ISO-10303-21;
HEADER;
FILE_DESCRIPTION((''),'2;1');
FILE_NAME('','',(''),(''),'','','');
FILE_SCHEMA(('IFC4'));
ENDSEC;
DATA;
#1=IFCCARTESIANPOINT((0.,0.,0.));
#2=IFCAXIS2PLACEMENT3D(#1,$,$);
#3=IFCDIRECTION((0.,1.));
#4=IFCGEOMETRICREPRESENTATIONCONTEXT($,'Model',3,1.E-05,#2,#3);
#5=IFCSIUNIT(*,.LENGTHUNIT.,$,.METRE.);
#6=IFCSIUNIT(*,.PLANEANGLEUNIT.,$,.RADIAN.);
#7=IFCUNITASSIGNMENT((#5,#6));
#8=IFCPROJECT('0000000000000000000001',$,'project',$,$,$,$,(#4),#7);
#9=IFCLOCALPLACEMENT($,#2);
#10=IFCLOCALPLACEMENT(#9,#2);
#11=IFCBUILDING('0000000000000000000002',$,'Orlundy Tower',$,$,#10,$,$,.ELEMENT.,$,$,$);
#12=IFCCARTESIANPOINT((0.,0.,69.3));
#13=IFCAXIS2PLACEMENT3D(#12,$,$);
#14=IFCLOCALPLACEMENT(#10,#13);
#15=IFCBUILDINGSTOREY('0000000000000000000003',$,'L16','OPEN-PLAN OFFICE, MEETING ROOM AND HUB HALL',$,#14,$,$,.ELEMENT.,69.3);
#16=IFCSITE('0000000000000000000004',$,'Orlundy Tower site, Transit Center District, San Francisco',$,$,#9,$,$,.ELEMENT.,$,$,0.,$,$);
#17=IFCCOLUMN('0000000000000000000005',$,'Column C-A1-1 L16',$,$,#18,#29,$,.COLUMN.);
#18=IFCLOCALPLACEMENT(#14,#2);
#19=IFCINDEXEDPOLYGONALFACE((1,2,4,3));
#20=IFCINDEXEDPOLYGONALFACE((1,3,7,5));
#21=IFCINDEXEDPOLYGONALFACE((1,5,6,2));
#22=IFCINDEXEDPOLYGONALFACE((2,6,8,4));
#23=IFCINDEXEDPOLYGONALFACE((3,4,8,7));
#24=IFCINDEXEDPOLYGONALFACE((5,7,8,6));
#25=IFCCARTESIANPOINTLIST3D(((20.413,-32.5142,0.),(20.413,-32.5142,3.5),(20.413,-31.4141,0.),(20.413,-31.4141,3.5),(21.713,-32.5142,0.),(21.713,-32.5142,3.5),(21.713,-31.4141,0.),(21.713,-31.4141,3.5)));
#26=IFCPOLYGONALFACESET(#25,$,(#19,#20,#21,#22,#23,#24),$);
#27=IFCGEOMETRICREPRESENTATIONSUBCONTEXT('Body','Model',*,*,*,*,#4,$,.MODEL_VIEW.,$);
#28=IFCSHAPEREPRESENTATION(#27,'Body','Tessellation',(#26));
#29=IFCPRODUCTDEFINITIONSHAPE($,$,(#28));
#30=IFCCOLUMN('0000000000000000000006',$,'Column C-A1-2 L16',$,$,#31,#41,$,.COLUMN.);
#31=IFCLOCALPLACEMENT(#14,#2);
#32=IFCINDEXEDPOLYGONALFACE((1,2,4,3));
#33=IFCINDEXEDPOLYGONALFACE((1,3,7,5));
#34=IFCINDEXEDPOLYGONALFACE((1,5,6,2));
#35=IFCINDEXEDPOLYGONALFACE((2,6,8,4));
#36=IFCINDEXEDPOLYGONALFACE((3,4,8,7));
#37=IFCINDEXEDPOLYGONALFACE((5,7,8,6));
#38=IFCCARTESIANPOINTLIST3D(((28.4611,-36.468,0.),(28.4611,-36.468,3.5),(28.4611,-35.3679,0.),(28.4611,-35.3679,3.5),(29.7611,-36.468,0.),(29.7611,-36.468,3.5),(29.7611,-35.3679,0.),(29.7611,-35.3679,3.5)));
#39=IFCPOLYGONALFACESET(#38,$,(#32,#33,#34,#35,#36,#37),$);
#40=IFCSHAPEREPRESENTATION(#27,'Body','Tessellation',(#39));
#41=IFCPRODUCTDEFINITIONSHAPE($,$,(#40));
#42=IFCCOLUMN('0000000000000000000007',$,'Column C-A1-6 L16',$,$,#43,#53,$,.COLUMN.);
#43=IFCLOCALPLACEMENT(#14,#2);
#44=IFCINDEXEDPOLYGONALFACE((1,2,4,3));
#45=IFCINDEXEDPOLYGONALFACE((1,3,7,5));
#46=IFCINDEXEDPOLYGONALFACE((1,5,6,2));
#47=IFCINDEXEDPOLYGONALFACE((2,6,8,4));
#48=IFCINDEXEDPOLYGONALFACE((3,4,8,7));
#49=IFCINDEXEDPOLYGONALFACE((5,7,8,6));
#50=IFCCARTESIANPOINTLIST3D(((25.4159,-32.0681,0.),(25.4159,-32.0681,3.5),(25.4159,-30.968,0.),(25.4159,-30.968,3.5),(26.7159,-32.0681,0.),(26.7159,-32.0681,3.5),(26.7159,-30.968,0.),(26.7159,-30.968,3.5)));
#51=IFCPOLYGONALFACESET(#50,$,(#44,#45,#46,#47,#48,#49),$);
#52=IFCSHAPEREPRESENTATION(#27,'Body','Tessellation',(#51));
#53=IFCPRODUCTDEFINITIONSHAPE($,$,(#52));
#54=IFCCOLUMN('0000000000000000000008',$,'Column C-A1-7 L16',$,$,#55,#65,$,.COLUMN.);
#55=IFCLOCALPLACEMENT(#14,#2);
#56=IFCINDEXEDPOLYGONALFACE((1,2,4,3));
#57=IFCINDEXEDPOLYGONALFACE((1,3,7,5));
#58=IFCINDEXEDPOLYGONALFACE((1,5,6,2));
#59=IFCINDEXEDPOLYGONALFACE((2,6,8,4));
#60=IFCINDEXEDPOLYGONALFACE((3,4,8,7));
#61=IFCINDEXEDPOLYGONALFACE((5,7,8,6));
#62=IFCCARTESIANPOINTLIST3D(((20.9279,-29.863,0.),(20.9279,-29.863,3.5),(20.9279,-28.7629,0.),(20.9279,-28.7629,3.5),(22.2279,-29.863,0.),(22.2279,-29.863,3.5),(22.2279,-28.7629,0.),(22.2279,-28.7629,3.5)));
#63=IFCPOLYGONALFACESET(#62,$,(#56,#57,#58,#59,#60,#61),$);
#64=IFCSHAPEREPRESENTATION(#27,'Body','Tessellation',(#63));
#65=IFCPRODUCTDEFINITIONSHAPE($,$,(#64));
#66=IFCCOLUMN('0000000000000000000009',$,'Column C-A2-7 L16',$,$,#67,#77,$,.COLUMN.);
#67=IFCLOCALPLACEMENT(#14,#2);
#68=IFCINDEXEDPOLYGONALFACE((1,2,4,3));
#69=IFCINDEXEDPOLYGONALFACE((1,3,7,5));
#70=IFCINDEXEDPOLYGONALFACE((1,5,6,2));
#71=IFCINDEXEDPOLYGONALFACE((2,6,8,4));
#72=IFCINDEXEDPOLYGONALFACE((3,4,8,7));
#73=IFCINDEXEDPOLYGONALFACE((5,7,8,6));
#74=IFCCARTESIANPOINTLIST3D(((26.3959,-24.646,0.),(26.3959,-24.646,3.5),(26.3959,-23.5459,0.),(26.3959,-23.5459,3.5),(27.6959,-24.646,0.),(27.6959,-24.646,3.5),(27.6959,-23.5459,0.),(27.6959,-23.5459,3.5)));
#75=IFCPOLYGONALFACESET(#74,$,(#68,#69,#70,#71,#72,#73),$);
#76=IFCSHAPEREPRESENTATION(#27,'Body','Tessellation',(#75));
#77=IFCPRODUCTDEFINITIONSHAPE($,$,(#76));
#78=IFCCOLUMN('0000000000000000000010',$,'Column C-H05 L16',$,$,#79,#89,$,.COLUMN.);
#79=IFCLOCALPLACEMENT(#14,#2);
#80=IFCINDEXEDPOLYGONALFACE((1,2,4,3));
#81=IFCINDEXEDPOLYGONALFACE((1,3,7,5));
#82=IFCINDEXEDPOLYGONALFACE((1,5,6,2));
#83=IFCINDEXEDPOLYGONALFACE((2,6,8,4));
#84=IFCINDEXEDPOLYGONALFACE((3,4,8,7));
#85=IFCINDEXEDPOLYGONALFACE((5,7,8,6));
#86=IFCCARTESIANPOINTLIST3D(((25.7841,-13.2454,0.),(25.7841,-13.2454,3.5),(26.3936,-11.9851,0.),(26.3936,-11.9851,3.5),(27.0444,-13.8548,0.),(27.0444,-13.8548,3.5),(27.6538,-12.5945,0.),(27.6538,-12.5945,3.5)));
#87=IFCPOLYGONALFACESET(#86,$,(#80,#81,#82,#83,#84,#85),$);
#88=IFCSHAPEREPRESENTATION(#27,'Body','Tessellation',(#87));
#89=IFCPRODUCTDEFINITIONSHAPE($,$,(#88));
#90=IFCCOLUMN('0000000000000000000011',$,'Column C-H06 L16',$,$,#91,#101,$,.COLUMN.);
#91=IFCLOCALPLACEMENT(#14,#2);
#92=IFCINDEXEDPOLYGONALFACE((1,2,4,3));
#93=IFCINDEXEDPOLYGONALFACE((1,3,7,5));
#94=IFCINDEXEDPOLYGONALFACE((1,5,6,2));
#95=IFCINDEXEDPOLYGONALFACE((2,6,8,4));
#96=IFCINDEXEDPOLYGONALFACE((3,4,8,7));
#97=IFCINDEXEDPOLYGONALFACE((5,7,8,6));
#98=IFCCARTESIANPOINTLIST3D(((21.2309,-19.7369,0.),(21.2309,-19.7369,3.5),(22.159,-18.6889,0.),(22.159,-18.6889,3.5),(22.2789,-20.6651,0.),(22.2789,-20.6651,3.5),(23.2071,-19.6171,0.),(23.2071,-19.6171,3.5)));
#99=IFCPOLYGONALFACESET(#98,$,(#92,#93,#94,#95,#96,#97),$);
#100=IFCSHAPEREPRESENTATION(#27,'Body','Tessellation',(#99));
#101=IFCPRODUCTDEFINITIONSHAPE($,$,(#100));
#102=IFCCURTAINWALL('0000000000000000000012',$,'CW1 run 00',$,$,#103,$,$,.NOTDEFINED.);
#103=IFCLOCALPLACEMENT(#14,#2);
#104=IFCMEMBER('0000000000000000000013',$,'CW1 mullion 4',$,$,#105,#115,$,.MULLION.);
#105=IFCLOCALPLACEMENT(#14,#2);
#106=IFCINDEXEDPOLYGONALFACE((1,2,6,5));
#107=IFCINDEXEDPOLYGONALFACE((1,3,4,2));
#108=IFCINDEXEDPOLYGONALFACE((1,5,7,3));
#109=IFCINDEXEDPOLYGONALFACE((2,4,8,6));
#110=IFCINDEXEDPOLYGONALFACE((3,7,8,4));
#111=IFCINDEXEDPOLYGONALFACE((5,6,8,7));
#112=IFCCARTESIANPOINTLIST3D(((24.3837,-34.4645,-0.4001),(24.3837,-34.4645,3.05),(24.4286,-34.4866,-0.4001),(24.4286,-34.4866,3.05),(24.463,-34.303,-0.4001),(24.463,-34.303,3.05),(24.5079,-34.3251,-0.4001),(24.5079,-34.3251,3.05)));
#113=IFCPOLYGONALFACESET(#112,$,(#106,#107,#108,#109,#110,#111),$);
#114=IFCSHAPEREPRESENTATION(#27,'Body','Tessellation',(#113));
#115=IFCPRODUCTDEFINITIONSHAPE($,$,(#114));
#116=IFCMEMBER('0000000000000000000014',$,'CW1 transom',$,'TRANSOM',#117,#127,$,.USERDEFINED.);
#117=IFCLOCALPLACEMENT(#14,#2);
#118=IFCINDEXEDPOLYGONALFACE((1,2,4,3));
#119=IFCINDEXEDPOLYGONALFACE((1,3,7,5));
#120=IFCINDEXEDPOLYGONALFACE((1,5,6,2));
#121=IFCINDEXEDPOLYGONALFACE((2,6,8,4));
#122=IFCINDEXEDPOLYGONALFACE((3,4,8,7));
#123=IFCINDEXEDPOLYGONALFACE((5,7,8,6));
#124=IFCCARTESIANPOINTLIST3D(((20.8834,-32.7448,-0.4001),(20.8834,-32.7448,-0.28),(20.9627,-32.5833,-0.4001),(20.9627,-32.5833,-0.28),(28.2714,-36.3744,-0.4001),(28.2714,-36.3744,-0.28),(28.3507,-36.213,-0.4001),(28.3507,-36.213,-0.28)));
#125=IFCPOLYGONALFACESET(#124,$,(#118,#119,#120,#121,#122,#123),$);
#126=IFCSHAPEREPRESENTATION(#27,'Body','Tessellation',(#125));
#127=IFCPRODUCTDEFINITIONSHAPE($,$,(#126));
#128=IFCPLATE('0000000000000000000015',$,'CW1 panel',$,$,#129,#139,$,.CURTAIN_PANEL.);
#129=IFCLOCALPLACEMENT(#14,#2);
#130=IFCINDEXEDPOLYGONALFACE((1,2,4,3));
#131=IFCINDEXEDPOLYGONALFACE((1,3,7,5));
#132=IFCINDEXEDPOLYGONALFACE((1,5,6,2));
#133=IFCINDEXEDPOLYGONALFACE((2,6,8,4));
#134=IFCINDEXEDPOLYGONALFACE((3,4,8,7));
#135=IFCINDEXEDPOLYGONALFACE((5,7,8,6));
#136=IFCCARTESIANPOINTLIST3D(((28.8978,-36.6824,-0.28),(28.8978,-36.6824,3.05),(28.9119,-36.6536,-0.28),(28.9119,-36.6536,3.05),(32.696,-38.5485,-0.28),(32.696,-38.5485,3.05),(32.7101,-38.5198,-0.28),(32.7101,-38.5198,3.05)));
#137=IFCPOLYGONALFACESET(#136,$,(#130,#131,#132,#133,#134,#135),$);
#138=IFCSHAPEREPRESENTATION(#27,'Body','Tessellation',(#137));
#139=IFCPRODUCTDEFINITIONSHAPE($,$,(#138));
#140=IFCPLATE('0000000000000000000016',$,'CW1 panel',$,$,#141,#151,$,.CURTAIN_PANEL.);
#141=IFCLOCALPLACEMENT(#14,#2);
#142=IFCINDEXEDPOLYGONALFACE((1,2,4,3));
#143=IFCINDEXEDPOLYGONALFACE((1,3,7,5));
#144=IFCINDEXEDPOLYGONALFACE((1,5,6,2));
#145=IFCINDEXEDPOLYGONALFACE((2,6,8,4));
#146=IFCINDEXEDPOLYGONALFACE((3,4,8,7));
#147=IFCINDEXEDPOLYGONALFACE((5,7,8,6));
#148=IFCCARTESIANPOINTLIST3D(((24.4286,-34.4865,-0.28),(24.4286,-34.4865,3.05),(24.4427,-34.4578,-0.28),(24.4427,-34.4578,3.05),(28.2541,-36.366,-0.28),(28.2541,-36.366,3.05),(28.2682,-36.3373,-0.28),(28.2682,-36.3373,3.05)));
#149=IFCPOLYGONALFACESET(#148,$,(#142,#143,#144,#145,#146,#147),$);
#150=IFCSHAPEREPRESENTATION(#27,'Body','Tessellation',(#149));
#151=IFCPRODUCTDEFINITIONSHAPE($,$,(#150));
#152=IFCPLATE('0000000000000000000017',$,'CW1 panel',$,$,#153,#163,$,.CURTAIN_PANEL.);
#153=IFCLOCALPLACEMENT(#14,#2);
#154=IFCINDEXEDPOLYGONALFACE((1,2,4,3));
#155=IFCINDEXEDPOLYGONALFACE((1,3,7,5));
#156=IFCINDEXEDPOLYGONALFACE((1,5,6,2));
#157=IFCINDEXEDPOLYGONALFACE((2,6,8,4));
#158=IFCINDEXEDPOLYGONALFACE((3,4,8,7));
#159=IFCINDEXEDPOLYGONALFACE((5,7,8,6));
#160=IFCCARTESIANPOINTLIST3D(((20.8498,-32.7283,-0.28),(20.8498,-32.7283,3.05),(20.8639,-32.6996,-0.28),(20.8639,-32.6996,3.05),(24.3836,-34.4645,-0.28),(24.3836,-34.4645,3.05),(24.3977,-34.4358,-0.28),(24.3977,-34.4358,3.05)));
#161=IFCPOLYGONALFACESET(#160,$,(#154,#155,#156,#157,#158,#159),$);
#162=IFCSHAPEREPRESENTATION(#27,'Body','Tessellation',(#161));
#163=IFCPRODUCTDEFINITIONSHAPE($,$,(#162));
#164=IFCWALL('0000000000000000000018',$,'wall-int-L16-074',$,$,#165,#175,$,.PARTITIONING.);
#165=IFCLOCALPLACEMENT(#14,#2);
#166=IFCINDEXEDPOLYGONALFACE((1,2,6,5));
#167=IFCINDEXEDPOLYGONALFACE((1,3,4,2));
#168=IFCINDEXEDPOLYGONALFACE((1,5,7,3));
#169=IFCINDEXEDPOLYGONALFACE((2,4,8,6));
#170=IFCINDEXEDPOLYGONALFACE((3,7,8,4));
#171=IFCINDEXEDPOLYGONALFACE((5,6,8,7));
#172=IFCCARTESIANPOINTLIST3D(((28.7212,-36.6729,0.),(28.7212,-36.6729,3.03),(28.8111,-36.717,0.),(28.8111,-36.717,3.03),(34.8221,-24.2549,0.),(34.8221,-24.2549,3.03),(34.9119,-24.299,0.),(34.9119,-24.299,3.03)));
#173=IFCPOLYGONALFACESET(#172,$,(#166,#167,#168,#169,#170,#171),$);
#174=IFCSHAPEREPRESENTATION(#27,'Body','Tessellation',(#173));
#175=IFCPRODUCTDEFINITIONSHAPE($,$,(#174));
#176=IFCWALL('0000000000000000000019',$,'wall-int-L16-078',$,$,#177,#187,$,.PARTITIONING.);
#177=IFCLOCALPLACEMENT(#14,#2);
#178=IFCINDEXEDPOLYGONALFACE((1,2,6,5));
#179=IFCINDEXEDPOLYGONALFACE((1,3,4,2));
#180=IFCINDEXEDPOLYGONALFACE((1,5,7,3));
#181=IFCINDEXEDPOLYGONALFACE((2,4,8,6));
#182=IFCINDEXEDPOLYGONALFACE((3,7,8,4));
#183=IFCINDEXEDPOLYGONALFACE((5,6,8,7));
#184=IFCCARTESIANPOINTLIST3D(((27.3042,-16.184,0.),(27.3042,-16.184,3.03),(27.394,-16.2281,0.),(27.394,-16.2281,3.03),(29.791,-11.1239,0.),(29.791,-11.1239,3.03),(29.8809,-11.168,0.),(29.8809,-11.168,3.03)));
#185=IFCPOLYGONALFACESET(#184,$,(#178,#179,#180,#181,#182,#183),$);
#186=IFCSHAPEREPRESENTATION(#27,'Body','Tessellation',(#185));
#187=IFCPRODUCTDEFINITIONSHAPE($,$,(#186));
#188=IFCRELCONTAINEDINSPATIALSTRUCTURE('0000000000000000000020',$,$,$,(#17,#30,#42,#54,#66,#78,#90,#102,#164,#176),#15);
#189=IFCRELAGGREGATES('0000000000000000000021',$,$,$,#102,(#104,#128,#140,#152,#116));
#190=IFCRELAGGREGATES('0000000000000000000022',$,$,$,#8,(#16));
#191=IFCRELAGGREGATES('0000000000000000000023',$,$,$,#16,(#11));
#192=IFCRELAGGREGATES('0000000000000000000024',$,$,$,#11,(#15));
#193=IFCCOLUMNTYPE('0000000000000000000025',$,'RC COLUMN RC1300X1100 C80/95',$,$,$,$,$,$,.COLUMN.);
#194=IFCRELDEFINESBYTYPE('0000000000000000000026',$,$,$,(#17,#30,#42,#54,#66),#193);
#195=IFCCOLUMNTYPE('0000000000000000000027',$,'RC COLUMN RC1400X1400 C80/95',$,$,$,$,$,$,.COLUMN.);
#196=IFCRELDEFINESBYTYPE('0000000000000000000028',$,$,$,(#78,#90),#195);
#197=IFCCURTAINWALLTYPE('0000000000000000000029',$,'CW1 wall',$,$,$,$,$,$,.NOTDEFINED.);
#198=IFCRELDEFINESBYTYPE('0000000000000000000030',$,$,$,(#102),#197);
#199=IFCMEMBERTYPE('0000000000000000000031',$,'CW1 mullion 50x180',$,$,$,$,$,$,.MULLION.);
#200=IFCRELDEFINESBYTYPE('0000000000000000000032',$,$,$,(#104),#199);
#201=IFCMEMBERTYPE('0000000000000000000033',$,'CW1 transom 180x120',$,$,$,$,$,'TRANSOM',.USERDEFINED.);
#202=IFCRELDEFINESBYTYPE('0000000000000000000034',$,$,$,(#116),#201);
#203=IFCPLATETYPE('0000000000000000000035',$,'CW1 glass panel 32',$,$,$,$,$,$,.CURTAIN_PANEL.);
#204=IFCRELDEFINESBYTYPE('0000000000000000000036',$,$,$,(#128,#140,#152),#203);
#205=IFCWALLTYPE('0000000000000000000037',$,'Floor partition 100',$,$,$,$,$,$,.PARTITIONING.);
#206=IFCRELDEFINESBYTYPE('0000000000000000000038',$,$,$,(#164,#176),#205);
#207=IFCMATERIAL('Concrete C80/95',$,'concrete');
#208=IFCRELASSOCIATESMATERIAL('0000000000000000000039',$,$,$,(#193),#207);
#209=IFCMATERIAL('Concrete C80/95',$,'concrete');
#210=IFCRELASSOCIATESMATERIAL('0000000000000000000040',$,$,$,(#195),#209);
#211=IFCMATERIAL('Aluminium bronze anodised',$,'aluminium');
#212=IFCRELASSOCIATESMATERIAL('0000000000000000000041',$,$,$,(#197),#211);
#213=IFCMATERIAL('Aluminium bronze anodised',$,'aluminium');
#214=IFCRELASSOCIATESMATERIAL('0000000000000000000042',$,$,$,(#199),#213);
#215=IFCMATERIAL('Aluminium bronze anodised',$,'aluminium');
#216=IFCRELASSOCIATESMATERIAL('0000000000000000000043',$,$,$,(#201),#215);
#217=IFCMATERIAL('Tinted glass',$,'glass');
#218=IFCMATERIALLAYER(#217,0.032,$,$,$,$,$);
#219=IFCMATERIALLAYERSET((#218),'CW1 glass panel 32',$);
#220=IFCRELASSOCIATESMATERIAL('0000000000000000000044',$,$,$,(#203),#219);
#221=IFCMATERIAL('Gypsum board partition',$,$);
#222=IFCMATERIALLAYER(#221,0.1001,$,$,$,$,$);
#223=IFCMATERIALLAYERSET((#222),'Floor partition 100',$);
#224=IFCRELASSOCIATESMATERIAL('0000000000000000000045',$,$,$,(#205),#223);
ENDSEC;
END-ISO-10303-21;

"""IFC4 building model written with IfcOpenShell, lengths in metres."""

from ifc_helpers import new_model, si_unit, direction, frame, frame_2d, origin, origin_2d, place, context, subcontext, project, spatial, rectangle, extrude, material, layer, layer_set, material_profile, profile_set, type_object, element, aggregate, save


model = new_model("IFC4")

# Units and contexts
model_context = context("Model", 3, precision=1e-05, world=origin(), true_north=direction((0.0, 1.0)))
body_context = subcontext(model_context, "Body", "Model", "MODEL_VIEW")
ifc_project = project(units=[si_unit("LENGTHUNIT", "METRE"), si_unit("PLANEANGLEUNIT", "RADIAN")], contexts=[model_context])

# Site, building, storey
site_placement = place(None, origin())
site = spatial("IfcSite", under=ifc_project, at=site_placement, Name="Orlundy Tower site, Transit Center District, San Francisco", CompositionType="ELEMENT", RefElevation=0.0)
building_placement = place(site_placement, origin())
building = spatial("IfcBuilding", under=site, at=building_placement, Name="Orlundy Tower", CompositionType="ELEMENT")
storey_placement = place(building_placement, frame((0.0, 0.0, 69.3)))
storey = spatial("IfcBuildingStorey", under=building, at=storey_placement, Name="L16", Description="OPEN-PLAN OFFICE, MEETING ROOM AND HUB HALL", CompositionType="ELEMENT", Elevation=69.3)

# Columns
ifc_material_1 = material(Name="Concrete C80/95", Category="concrete")
ifc_material_profile_1 = material_profile(ifc_material_1, rectangle(XDim=1.3, YDim=1.1001, at=origin_2d()), Name="RC1300X1100")
ifc_profile_set_1 = profile_set([ifc_material_profile_1], Name="Concrete C80/95")
column_type_1 = type_object("IfcColumnType", Name="RC COLUMN RC1300X1100 C80/95", PredefinedType="COLUMN", material=ifc_profile_set_1)
for number, where, z_axis, x_axis, name in (
    (1, (21.063, -31.9641, 0.0), (0.0, 0.0, 1.0), (1.0, 0.0, 0.0), "Column C-A1-1 L16"),
    (2, (29.1111, -35.918, 0.0), (0.0, 0.0, 1.0), (1.0, 0.0, 0.0), "Column C-A1-2 L16"),
    (3, (26.0659, -31.5181, 0.0), (0.0, 0.0, 1.0), (1.0, 0.0, 0.0), "Column C-A1-6 L16"),
    (4, (21.5779, -29.313, 0.0), (0.0, 0.0, 1.0), (1.0, 0.0, 0.0), "Column C-A1-7 L16"),
    (5, (27.0459, -24.0959, 0.0), (0.0, 0.0, 1.0), (1.0, 0.0, 0.0), "Column C-A2-7 L16"),
):
    element("IfcColumn", number, at=place(storey_placement, frame(where, z_axis=z_axis, x_axis=x_axis)), inside=storey, type_object=column_type_1, Name=name, PredefinedType="COLUMN", context=body_context, shape_type="SweptSolid", body=[
        extrude(rectangle(XDim=1.3, YDim=1.1001, at=origin_2d()), origin(), (0.0, 0.0, 1.0), 3.5),
    ])
ifc_material_2 = material(Name="Concrete C80/95", Category="concrete")
ifc_material_profile_2 = material_profile(ifc_material_2, rectangle(XDim=1.3999, YDim=1.3999, at=origin_2d()), Name="RC1400X1400")
ifc_profile_set_2 = profile_set([ifc_material_profile_2], Name="Concrete C80/95")
column_type_2 = type_object("IfcColumnType", Name="RC COLUMN RC1400X1400 C80/95", PredefinedType="COLUMN", material=ifc_profile_set_2)
for number, where, z_axis, x_axis, name in (
    (6, (26.719, -12.9199, 0.0), (0.0, 0.0, 1.0), (0.900273, -0.435325, 0.0), "Column C-H05 L16"),
    (7, (22.219, -19.677, 0.0), (0.0, 0.0, 1.0), (0.748632, -0.662986, 0.0), "Column C-H06 L16"),
):
    element("IfcColumn", number, at=place(storey_placement, frame(where, z_axis=z_axis, x_axis=x_axis)), inside=storey, type_object=column_type_2, Name=name, PredefinedType="COLUMN", context=body_context, shape_type="SweptSolid", body=[
        extrude(rectangle(XDim=1.3999, YDim=1.3999, at=origin_2d()), origin(), (0.0, 0.0, 1.0), 3.5),
    ])

# Curtain wall, members, plates
ifc_material_3 = material(Name="Aluminium bronze anodised", Category="aluminium")
curtain_wall_type = type_object("IfcCurtainWallType", Name="CW1 wall", PredefinedType="NOTDEFINED", material=ifc_material_3)
curtain_wall_placement = place(storey_placement, origin())
curtain_wall = element("IfcCurtainWall", 8, at=curtain_wall_placement, inside=storey, type_object=curtain_wall_type, Name="CW1 run 00", PredefinedType="NOTDEFINED")
ifc_material_4 = material(Name="Aluminium bronze anodised", Category="aluminium")
ifc_material_profile_3 = material_profile(ifc_material_4, rectangle(XDim=0.1799, YDim=0.05, at=origin_2d()), Name="CW1 mullion 50x180")
ifc_profile_set_3 = profile_set([ifc_material_profile_3], Name="Aluminium bronze anodised")
member_type_1 = type_object("IfcMemberType", Name="CW1 mullion 50x180", PredefinedType="MULLION", material=ifc_profile_set_3)
member_1_placement = place(storey_placement, frame((24.4458, -34.3948, -0.4001), z_axis=(0.0, 0.0, 1.0), x_axis=(-0.440969, -0.897522, 0.0)))
member_1 = element("IfcMember", 9, at=member_1_placement, type_object=member_type_1, Name="CW1 mullion 4", PredefinedType="MULLION", context=body_context, shape_type="SweptSolid", body=[
    extrude(rectangle(XDim=0.1799, YDim=0.05, at=origin_2d()), origin(), (0.0, 0.0, 1.0), 3.4502),
])
ifc_material_5 = material(Name="Aluminium bronze anodised", Category="aluminium")
ifc_material_profile_4 = material_profile(ifc_material_5, rectangle(XDim=0.1799, YDim=0.1201, at=origin_2d()), Name="CW1 transom 180x120")
ifc_profile_set_4 = profile_set([ifc_material_profile_4], Name="Aluminium bronze anodised")
member_type_2 = type_object("IfcMemberType", Name="CW1 transom 180x120", ElementType="TRANSOM", PredefinedType="USERDEFINED", material=ifc_profile_set_4)
member_2_placement = place(storey_placement, frame((28.311, -36.2937, -0.3401), z_axis=(-0.897531, 0.44095, 0.0), x_axis=(-0.44095, -0.897531, 0.0)))
member_2 = element("IfcMember", 10, at=member_2_placement, type_object=member_type_2, Name="CW1 transom", ObjectType="TRANSOM", PredefinedType="USERDEFINED", context=body_context, shape_type="SweptSolid", body=[
    extrude(rectangle(XDim=0.1799, YDim=0.1201, at=origin_2d()), origin(), (0.0, 0.0, 1.0), 8.2314),
])
ifc_material_6 = material(Name="Tinted glass", Category="glass")
ifc_layer_1 = layer(ifc_material_6, 0.032)
ifc_layer_set_1 = layer_set([ifc_layer_1], Name="CW1 glass panel 32")
plate_type = type_object("IfcPlateType", Name="CW1 glass panel 32", PredefinedType="CURTAIN_PANEL", material=ifc_layer_set_1)
plate_1_placement = place(storey_placement, frame((30.804, -37.6011, -0.28), z_axis=(0.0, 0.0, 1.0), x_axis=(-0.897522, 0.440969, 0.0)))
plate_1 = element("IfcPlate", 11, at=plate_1_placement, type_object=plate_type, Name="CW1 panel", PredefinedType="CURTAIN_PANEL", context=body_context, shape_type="SweptSolid", body=[
    extrude(rectangle(XDim=4.2319, YDim=0.032, at=origin_2d()), origin(), (0.0, 0.0, 1.0), 3.3301),
])
plate_2_placement = place(storey_placement, frame((26.3484, -35.4119, -0.28), z_axis=(0.0, 0.0, 1.0), x_axis=(-0.897522, 0.440969, 0.0)))
plate_2 = element("IfcPlate", 12, at=plate_2_placement, type_object=plate_type, Name="CW1 panel", PredefinedType="CURTAIN_PANEL", context=body_context, shape_type="SweptSolid", body=[
    extrude(rectangle(XDim=4.2622, YDim=0.032, at=origin_2d()), origin(), (0.0, 0.0, 1.0), 3.3301),
])
plate_3_placement = place(storey_placement, frame((22.6238, -33.582, -0.28), z_axis=(0.0, 0.0, 1.0), x_axis=(-0.897522, 0.440969, 0.0)))
plate_3 = element("IfcPlate", 13, at=plate_3_placement, type_object=plate_type, Name="CW1 panel", PredefinedType="CURTAIN_PANEL", context=body_context, shape_type="SweptSolid", body=[
    extrude(rectangle(XDim=3.9373, YDim=0.032, at=origin_2d()), origin(), (0.0, 0.0, 1.0), 3.3301),
])
aggregate(curtain_wall, [member_1, plate_1, plate_2, plate_3, member_2])

# Walls
ifc_material_7 = material(Name="Gypsum board partition")
ifc_layer_2 = layer(ifc_material_7, 0.1001)
ifc_layer_set_2 = layer_set([ifc_layer_2], Name="Floor partition 100")
wall_type_1 = type_object("IfcWallType", Name="Floor partition 100", PredefinedType="PARTITIONING", material=ifc_layer_set_2)
wall_1_placement = place(storey_placement, frame((28.7661, -36.6951, 0.0), z_axis=(0.0, 0.0, 1.0), x_axis=(0.440949, 0.897532, 0.0)))
element("IfcWall", 14, at=wall_1_placement, inside=storey, type_object=wall_type_1, Name="wall-int-L16-074", PredefinedType="PARTITIONING", context=body_context, shape_type="SweptSolid", body=[
    extrude(rectangle(XDim=13.8357, YDim=0.1001, at=frame_2d((6.918, 0.0))), origin(), (0.0, 0.0, 1.0), 3.03),
])
wall_2_placement = place(storey_placement, frame((27.3491, -16.2061, 0.0), z_axis=(0.0, 0.0, 1.0), x_axis=(0.441072, 0.897472, 0.0)))
element("IfcWall", 15, at=wall_2_placement, inside=storey, type_object=wall_type_1, Name="wall-int-L16-078", PredefinedType="PARTITIONING", context=body_context, shape_type="SweptSolid", body=[
    extrude(rectangle(XDim=5.6382, YDim=0.1001, at=frame_2d((2.8191, 0.0))), origin(), (0.0, 0.0, 1.0), 3.03),
])

save(model, "model.ifc")
